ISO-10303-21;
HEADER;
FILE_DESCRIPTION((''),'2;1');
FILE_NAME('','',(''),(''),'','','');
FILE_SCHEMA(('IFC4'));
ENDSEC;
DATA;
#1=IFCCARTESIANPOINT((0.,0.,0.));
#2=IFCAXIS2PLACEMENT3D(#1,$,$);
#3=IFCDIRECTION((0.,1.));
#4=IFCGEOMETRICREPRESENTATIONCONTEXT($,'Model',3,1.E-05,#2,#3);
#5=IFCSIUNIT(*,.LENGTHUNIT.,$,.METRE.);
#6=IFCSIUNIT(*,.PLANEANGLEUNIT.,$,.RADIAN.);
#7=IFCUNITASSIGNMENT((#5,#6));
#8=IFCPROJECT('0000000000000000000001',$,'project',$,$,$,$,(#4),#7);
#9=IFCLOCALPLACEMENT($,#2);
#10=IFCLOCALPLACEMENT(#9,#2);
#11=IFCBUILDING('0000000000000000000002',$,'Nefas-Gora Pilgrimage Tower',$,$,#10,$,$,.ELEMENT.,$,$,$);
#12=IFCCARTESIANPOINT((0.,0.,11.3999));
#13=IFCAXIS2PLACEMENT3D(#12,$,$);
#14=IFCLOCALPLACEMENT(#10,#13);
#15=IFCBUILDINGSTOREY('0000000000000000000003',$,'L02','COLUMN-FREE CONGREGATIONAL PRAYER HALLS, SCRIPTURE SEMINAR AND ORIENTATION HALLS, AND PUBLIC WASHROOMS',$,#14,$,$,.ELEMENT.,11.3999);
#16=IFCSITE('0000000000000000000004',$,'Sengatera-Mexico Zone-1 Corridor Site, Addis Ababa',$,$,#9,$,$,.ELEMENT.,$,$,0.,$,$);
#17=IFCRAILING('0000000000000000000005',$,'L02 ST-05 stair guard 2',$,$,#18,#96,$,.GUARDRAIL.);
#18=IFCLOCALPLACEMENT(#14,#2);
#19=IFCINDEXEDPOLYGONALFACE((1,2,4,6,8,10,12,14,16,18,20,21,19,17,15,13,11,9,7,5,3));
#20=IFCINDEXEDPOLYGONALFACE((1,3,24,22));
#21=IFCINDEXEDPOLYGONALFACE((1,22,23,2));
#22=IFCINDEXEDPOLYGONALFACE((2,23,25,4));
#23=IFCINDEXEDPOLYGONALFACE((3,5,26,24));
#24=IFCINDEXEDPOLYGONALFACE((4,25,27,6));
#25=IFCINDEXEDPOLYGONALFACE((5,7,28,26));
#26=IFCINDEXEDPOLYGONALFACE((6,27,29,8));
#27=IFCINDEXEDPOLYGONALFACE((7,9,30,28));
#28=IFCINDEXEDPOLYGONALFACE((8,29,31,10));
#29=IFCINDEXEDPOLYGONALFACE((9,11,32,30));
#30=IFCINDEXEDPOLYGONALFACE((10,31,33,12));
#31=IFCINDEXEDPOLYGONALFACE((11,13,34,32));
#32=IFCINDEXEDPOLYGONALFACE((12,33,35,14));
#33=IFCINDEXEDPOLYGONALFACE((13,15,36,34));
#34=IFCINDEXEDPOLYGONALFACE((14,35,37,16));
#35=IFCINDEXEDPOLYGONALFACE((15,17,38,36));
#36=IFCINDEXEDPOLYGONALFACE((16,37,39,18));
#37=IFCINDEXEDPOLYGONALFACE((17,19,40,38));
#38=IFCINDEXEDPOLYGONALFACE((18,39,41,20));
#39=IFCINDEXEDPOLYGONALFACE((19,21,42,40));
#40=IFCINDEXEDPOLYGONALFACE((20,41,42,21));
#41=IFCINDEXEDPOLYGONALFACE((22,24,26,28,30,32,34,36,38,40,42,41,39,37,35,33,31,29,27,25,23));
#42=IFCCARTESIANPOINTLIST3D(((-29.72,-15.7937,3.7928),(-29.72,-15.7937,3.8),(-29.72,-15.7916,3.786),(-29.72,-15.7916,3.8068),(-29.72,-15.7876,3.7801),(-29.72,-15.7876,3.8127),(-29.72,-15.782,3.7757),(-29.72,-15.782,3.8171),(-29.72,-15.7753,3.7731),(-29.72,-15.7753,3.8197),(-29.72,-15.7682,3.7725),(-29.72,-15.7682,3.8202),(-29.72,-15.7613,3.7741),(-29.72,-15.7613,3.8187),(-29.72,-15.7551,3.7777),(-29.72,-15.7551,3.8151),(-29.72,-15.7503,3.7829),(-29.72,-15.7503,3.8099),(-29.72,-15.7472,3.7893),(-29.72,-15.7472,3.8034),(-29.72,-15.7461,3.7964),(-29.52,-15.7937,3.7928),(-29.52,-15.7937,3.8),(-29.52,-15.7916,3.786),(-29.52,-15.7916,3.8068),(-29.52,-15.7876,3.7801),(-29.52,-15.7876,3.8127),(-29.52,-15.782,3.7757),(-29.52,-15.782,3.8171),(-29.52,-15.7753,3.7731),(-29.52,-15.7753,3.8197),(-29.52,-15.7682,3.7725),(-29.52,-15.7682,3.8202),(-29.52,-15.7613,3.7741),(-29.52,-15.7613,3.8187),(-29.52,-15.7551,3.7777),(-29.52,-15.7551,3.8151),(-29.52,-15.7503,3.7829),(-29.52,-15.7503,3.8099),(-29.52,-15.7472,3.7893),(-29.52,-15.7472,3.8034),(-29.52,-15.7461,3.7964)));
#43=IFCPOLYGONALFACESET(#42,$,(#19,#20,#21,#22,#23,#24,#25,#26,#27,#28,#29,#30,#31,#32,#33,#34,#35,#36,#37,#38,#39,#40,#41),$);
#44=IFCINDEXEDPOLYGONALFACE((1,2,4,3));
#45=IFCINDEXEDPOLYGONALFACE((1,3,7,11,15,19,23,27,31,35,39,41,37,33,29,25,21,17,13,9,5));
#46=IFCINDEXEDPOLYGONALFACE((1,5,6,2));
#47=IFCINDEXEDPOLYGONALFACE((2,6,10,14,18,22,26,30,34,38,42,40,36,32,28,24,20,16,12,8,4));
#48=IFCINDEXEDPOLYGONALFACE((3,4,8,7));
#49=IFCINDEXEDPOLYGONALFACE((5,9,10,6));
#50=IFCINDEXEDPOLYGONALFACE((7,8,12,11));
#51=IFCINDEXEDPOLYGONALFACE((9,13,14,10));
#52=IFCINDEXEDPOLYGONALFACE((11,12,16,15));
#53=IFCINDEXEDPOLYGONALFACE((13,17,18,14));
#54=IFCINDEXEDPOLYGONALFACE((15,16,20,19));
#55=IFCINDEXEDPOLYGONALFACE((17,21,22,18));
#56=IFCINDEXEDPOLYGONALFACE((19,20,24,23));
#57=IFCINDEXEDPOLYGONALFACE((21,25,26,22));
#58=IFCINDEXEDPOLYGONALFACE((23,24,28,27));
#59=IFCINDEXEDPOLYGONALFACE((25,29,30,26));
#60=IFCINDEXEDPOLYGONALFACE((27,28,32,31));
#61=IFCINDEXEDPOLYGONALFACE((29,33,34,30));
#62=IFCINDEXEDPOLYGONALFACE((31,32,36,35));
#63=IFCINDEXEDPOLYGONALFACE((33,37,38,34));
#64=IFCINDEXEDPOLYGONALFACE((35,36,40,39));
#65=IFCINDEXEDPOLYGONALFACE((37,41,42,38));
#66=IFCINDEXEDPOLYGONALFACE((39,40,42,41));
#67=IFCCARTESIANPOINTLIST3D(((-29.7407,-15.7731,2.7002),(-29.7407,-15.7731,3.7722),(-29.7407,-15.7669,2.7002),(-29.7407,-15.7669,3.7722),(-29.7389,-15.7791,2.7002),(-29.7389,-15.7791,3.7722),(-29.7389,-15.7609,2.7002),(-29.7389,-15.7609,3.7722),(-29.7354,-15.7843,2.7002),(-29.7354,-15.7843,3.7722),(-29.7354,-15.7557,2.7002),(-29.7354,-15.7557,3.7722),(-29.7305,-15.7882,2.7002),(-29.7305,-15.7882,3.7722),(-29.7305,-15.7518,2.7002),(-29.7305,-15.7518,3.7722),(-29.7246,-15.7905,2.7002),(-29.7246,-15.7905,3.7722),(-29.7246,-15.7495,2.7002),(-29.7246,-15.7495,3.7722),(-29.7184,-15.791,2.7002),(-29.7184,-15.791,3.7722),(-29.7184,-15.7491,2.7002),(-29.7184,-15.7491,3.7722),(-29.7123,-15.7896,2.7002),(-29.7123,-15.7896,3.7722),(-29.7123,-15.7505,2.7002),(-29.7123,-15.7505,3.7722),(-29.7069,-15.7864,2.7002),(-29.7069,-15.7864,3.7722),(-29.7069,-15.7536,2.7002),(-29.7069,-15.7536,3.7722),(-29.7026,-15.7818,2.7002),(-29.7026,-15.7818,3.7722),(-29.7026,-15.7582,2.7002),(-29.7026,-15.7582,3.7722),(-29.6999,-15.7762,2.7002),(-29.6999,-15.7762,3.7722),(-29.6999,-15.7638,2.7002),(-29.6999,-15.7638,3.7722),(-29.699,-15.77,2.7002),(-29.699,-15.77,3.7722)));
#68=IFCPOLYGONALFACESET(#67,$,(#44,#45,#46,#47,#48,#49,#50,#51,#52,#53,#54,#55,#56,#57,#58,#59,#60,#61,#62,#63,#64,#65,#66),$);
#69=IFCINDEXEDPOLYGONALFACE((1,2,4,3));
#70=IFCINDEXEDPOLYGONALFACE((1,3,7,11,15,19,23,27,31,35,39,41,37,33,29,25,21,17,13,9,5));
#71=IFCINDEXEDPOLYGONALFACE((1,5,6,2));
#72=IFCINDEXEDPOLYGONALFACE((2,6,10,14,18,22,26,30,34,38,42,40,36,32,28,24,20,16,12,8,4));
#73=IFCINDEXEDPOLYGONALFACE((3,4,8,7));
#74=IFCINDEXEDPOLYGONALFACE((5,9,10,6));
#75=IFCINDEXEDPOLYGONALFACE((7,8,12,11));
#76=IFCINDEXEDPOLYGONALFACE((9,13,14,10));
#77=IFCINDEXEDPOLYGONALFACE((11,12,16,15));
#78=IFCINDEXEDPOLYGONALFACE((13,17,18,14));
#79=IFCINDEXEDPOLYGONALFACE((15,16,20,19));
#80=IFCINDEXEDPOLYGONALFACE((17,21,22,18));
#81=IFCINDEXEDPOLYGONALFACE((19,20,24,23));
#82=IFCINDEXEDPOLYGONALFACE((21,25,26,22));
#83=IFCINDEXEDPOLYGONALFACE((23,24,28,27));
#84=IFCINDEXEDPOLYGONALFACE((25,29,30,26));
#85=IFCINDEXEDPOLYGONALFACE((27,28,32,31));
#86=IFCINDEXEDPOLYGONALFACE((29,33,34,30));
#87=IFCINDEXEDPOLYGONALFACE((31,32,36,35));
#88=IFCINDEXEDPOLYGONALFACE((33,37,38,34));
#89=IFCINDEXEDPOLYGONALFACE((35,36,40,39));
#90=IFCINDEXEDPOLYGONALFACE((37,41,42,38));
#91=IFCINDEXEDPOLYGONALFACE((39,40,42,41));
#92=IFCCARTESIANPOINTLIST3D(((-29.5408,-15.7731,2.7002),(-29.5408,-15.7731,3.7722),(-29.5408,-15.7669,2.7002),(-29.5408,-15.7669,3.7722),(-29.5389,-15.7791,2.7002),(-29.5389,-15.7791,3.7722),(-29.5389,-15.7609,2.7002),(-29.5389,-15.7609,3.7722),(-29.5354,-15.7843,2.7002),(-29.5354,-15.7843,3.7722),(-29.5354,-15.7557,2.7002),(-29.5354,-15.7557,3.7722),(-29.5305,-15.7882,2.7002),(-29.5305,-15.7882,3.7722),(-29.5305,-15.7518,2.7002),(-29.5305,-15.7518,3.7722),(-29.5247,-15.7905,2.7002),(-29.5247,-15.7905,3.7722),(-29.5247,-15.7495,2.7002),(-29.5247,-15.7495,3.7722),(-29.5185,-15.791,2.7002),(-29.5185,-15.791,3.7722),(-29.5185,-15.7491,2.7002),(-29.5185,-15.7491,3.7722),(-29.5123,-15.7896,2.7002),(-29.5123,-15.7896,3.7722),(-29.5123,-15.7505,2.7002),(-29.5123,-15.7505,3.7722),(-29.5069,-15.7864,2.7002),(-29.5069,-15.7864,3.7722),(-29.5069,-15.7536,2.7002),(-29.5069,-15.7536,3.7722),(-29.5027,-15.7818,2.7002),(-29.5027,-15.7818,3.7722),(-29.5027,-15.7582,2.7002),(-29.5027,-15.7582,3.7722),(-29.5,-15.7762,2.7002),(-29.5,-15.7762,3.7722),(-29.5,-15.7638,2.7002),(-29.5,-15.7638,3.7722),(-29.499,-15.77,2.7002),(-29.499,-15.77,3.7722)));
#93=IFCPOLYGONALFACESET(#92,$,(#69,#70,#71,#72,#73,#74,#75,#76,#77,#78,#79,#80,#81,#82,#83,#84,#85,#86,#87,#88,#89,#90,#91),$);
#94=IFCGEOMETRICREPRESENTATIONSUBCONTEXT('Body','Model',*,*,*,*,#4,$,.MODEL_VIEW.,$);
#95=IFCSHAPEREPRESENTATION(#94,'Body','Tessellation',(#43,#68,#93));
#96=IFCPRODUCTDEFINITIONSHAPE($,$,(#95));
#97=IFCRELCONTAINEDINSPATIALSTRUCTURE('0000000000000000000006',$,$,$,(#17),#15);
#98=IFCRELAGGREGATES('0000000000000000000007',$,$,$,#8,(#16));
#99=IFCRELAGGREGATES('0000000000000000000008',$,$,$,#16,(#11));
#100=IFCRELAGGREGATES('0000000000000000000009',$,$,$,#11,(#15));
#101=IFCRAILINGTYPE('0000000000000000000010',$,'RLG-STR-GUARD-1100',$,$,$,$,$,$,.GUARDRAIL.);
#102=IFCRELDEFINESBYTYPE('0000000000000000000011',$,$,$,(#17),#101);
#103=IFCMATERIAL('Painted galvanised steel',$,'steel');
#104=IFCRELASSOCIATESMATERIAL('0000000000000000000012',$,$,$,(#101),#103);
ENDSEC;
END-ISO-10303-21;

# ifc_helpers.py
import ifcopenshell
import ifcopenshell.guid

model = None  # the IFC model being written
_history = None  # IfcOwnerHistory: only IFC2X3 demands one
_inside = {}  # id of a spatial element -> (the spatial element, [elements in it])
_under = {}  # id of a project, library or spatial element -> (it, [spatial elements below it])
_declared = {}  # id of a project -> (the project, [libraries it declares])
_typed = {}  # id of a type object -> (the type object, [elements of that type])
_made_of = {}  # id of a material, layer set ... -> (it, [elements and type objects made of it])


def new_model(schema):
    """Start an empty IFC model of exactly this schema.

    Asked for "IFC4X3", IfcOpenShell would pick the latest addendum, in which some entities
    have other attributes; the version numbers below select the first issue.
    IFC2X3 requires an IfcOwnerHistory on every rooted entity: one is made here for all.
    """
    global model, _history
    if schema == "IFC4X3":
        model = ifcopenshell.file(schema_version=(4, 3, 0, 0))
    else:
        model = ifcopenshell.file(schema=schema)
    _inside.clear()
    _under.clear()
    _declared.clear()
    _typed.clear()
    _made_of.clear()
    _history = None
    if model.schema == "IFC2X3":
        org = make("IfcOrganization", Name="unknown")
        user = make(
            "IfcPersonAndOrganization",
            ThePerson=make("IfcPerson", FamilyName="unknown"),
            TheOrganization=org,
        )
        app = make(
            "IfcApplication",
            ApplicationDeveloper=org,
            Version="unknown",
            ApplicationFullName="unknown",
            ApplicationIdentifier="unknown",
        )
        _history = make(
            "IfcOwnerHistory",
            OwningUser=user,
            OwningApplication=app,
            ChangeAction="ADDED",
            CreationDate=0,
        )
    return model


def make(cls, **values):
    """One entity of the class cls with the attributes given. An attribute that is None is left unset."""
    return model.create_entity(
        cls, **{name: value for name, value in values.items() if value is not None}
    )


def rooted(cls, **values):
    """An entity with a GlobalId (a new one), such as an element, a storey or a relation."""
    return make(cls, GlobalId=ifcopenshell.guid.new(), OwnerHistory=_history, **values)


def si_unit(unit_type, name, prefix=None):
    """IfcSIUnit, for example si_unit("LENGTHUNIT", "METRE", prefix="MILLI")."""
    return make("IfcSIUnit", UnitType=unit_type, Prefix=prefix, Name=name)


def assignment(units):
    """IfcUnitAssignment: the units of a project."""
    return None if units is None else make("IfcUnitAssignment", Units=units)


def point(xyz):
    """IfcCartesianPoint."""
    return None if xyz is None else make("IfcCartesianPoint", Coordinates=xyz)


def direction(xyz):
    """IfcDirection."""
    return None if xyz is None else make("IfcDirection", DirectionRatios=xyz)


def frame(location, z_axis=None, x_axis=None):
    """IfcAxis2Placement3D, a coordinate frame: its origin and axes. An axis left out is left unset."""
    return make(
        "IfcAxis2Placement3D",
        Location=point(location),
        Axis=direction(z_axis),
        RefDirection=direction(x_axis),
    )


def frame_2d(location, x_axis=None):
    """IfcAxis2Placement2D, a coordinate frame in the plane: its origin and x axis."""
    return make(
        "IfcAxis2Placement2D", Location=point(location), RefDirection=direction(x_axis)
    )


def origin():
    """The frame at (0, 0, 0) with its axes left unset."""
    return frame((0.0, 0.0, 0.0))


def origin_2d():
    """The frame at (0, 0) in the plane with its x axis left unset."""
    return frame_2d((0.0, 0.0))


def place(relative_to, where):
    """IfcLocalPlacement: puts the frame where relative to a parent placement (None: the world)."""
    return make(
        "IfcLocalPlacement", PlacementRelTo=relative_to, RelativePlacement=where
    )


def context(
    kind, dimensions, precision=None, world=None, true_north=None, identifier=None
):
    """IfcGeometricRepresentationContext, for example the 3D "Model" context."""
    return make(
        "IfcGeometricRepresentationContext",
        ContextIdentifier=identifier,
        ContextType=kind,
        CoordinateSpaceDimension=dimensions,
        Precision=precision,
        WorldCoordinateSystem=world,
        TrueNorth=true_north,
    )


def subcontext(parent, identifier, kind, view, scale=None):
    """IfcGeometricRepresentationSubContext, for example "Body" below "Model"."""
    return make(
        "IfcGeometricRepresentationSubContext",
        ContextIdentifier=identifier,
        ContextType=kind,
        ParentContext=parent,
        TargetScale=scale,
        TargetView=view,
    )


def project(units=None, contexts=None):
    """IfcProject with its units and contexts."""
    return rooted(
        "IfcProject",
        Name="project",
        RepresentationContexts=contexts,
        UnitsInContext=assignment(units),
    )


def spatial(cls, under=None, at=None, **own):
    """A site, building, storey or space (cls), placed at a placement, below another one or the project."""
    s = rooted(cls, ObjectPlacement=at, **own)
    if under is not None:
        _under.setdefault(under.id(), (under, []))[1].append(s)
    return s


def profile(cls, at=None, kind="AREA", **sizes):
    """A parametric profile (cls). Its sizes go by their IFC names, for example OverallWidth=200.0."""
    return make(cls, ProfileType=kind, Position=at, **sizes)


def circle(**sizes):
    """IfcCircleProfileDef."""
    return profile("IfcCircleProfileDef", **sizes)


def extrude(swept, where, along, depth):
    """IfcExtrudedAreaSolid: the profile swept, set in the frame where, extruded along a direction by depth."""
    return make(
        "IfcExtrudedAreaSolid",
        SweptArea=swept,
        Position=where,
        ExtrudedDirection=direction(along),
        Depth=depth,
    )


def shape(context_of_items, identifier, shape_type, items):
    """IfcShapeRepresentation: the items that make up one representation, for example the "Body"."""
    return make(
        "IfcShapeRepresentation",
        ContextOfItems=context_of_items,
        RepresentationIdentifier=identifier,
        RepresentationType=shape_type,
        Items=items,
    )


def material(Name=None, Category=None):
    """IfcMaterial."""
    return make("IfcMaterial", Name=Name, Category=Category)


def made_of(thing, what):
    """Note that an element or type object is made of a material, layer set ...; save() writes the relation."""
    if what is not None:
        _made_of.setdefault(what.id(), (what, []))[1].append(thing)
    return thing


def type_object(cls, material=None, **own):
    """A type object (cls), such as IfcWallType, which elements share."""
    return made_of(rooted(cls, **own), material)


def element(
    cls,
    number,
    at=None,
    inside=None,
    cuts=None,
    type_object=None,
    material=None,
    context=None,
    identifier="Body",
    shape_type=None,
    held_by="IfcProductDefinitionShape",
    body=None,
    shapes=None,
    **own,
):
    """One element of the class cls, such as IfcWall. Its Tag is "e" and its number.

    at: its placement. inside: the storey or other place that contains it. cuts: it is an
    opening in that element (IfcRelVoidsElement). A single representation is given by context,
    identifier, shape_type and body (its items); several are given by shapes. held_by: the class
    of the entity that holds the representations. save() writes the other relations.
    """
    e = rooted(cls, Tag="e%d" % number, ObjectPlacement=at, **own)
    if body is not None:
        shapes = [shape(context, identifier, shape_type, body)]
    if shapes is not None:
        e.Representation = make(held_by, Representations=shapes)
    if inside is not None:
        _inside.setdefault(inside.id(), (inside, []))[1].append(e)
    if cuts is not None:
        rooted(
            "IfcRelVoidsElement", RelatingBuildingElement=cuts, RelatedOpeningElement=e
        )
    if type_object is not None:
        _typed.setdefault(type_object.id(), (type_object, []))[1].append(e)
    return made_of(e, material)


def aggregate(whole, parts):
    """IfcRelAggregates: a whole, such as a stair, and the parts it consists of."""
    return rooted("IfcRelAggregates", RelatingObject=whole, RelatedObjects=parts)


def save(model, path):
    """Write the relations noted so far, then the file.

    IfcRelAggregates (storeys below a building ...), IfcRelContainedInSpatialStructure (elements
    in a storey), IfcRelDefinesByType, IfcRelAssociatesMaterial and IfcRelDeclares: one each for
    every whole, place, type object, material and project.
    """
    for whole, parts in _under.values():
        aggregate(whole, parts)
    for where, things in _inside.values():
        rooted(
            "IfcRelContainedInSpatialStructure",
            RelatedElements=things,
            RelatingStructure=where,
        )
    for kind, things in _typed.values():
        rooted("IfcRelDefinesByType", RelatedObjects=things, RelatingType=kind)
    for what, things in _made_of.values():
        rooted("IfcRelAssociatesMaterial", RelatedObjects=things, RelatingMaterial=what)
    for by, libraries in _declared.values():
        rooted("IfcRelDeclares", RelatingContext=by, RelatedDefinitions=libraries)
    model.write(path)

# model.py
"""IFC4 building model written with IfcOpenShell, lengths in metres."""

from ifc_helpers import new_model, si_unit, direction, frame, origin, origin_2d, place, context, subcontext, project, spatial, circle, extrude, material, type_object, element, save


model = new_model("IFC4")

# Units and contexts
model_context = context("Model", 3, precision=1e-05, world=origin(), true_north=direction((0.0, 1.0)))
body_context = subcontext(model_context, "Body", "Model", "MODEL_VIEW")
ifc_project = project(units=[si_unit("LENGTHUNIT", "METRE"), si_unit("PLANEANGLEUNIT", "RADIAN")], contexts=[model_context])

# Site, building, storey
site_placement = place(None, origin())
site = spatial("IfcSite", under=ifc_project, at=site_placement, Name="Sengatera-Mexico Zone-1 Corridor Site, Addis Ababa", CompositionType="ELEMENT", RefElevation=0.0)
building_placement = place(site_placement, origin())
building = spatial("IfcBuilding", under=site, at=building_placement, Name="Nefas-Gora Pilgrimage Tower", CompositionType="ELEMENT")
storey_placement = place(building_placement, frame((0.0, 0.0, 11.3999)))
storey = spatial("IfcBuildingStorey", under=building, at=storey_placement, Name="L02", Description="COLUMN-FREE CONGREGATIONAL PRAYER HALLS, SCRIPTURE SEMINAR AND ORIENTATION HALLS, AND PUBLIC WASHROOMS", CompositionType="ELEMENT", Elevation=11.3999)

# Railing
ifc_material_1 = material(Name="Painted galvanised steel", Category="steel")
railing_type_1 = type_object("IfcRailingType", Name="RLG-STR-GUARD-1100", PredefinedType="GUARDRAIL", material=ifc_material_1)
railing_1_placement = place(storey_placement, frame((-29.72, -15.77, 2.7002)))
element("IfcRailing", 1, at=railing_1_placement, inside=storey, type_object=railing_type_1, Name="L02 ST-05 stair guard 2", PredefinedType="GUARDRAIL", context=body_context, shape_type="SweptSolid", body=[
    extrude(circle(Radius=0.0239, at=origin_2d()), frame((0.0, 0.0, 1.0962), z_axis=(1.0, 0.0, 0.0), x_axis=(0.0, 1.0, 0.0)), (0.0, 0.0, 1.0), 0.2),
    extrude(circle(Radius=0.021, at=origin_2d()), origin(), (0.0, 0.0, 1.0), 1.072),
    extrude(circle(Radius=0.021, at=origin_2d()), frame((0.2, 0.0, 0.0)), (0.0, 0.0, 1.0), 1.072),
])

save(model, "model.ifc")
